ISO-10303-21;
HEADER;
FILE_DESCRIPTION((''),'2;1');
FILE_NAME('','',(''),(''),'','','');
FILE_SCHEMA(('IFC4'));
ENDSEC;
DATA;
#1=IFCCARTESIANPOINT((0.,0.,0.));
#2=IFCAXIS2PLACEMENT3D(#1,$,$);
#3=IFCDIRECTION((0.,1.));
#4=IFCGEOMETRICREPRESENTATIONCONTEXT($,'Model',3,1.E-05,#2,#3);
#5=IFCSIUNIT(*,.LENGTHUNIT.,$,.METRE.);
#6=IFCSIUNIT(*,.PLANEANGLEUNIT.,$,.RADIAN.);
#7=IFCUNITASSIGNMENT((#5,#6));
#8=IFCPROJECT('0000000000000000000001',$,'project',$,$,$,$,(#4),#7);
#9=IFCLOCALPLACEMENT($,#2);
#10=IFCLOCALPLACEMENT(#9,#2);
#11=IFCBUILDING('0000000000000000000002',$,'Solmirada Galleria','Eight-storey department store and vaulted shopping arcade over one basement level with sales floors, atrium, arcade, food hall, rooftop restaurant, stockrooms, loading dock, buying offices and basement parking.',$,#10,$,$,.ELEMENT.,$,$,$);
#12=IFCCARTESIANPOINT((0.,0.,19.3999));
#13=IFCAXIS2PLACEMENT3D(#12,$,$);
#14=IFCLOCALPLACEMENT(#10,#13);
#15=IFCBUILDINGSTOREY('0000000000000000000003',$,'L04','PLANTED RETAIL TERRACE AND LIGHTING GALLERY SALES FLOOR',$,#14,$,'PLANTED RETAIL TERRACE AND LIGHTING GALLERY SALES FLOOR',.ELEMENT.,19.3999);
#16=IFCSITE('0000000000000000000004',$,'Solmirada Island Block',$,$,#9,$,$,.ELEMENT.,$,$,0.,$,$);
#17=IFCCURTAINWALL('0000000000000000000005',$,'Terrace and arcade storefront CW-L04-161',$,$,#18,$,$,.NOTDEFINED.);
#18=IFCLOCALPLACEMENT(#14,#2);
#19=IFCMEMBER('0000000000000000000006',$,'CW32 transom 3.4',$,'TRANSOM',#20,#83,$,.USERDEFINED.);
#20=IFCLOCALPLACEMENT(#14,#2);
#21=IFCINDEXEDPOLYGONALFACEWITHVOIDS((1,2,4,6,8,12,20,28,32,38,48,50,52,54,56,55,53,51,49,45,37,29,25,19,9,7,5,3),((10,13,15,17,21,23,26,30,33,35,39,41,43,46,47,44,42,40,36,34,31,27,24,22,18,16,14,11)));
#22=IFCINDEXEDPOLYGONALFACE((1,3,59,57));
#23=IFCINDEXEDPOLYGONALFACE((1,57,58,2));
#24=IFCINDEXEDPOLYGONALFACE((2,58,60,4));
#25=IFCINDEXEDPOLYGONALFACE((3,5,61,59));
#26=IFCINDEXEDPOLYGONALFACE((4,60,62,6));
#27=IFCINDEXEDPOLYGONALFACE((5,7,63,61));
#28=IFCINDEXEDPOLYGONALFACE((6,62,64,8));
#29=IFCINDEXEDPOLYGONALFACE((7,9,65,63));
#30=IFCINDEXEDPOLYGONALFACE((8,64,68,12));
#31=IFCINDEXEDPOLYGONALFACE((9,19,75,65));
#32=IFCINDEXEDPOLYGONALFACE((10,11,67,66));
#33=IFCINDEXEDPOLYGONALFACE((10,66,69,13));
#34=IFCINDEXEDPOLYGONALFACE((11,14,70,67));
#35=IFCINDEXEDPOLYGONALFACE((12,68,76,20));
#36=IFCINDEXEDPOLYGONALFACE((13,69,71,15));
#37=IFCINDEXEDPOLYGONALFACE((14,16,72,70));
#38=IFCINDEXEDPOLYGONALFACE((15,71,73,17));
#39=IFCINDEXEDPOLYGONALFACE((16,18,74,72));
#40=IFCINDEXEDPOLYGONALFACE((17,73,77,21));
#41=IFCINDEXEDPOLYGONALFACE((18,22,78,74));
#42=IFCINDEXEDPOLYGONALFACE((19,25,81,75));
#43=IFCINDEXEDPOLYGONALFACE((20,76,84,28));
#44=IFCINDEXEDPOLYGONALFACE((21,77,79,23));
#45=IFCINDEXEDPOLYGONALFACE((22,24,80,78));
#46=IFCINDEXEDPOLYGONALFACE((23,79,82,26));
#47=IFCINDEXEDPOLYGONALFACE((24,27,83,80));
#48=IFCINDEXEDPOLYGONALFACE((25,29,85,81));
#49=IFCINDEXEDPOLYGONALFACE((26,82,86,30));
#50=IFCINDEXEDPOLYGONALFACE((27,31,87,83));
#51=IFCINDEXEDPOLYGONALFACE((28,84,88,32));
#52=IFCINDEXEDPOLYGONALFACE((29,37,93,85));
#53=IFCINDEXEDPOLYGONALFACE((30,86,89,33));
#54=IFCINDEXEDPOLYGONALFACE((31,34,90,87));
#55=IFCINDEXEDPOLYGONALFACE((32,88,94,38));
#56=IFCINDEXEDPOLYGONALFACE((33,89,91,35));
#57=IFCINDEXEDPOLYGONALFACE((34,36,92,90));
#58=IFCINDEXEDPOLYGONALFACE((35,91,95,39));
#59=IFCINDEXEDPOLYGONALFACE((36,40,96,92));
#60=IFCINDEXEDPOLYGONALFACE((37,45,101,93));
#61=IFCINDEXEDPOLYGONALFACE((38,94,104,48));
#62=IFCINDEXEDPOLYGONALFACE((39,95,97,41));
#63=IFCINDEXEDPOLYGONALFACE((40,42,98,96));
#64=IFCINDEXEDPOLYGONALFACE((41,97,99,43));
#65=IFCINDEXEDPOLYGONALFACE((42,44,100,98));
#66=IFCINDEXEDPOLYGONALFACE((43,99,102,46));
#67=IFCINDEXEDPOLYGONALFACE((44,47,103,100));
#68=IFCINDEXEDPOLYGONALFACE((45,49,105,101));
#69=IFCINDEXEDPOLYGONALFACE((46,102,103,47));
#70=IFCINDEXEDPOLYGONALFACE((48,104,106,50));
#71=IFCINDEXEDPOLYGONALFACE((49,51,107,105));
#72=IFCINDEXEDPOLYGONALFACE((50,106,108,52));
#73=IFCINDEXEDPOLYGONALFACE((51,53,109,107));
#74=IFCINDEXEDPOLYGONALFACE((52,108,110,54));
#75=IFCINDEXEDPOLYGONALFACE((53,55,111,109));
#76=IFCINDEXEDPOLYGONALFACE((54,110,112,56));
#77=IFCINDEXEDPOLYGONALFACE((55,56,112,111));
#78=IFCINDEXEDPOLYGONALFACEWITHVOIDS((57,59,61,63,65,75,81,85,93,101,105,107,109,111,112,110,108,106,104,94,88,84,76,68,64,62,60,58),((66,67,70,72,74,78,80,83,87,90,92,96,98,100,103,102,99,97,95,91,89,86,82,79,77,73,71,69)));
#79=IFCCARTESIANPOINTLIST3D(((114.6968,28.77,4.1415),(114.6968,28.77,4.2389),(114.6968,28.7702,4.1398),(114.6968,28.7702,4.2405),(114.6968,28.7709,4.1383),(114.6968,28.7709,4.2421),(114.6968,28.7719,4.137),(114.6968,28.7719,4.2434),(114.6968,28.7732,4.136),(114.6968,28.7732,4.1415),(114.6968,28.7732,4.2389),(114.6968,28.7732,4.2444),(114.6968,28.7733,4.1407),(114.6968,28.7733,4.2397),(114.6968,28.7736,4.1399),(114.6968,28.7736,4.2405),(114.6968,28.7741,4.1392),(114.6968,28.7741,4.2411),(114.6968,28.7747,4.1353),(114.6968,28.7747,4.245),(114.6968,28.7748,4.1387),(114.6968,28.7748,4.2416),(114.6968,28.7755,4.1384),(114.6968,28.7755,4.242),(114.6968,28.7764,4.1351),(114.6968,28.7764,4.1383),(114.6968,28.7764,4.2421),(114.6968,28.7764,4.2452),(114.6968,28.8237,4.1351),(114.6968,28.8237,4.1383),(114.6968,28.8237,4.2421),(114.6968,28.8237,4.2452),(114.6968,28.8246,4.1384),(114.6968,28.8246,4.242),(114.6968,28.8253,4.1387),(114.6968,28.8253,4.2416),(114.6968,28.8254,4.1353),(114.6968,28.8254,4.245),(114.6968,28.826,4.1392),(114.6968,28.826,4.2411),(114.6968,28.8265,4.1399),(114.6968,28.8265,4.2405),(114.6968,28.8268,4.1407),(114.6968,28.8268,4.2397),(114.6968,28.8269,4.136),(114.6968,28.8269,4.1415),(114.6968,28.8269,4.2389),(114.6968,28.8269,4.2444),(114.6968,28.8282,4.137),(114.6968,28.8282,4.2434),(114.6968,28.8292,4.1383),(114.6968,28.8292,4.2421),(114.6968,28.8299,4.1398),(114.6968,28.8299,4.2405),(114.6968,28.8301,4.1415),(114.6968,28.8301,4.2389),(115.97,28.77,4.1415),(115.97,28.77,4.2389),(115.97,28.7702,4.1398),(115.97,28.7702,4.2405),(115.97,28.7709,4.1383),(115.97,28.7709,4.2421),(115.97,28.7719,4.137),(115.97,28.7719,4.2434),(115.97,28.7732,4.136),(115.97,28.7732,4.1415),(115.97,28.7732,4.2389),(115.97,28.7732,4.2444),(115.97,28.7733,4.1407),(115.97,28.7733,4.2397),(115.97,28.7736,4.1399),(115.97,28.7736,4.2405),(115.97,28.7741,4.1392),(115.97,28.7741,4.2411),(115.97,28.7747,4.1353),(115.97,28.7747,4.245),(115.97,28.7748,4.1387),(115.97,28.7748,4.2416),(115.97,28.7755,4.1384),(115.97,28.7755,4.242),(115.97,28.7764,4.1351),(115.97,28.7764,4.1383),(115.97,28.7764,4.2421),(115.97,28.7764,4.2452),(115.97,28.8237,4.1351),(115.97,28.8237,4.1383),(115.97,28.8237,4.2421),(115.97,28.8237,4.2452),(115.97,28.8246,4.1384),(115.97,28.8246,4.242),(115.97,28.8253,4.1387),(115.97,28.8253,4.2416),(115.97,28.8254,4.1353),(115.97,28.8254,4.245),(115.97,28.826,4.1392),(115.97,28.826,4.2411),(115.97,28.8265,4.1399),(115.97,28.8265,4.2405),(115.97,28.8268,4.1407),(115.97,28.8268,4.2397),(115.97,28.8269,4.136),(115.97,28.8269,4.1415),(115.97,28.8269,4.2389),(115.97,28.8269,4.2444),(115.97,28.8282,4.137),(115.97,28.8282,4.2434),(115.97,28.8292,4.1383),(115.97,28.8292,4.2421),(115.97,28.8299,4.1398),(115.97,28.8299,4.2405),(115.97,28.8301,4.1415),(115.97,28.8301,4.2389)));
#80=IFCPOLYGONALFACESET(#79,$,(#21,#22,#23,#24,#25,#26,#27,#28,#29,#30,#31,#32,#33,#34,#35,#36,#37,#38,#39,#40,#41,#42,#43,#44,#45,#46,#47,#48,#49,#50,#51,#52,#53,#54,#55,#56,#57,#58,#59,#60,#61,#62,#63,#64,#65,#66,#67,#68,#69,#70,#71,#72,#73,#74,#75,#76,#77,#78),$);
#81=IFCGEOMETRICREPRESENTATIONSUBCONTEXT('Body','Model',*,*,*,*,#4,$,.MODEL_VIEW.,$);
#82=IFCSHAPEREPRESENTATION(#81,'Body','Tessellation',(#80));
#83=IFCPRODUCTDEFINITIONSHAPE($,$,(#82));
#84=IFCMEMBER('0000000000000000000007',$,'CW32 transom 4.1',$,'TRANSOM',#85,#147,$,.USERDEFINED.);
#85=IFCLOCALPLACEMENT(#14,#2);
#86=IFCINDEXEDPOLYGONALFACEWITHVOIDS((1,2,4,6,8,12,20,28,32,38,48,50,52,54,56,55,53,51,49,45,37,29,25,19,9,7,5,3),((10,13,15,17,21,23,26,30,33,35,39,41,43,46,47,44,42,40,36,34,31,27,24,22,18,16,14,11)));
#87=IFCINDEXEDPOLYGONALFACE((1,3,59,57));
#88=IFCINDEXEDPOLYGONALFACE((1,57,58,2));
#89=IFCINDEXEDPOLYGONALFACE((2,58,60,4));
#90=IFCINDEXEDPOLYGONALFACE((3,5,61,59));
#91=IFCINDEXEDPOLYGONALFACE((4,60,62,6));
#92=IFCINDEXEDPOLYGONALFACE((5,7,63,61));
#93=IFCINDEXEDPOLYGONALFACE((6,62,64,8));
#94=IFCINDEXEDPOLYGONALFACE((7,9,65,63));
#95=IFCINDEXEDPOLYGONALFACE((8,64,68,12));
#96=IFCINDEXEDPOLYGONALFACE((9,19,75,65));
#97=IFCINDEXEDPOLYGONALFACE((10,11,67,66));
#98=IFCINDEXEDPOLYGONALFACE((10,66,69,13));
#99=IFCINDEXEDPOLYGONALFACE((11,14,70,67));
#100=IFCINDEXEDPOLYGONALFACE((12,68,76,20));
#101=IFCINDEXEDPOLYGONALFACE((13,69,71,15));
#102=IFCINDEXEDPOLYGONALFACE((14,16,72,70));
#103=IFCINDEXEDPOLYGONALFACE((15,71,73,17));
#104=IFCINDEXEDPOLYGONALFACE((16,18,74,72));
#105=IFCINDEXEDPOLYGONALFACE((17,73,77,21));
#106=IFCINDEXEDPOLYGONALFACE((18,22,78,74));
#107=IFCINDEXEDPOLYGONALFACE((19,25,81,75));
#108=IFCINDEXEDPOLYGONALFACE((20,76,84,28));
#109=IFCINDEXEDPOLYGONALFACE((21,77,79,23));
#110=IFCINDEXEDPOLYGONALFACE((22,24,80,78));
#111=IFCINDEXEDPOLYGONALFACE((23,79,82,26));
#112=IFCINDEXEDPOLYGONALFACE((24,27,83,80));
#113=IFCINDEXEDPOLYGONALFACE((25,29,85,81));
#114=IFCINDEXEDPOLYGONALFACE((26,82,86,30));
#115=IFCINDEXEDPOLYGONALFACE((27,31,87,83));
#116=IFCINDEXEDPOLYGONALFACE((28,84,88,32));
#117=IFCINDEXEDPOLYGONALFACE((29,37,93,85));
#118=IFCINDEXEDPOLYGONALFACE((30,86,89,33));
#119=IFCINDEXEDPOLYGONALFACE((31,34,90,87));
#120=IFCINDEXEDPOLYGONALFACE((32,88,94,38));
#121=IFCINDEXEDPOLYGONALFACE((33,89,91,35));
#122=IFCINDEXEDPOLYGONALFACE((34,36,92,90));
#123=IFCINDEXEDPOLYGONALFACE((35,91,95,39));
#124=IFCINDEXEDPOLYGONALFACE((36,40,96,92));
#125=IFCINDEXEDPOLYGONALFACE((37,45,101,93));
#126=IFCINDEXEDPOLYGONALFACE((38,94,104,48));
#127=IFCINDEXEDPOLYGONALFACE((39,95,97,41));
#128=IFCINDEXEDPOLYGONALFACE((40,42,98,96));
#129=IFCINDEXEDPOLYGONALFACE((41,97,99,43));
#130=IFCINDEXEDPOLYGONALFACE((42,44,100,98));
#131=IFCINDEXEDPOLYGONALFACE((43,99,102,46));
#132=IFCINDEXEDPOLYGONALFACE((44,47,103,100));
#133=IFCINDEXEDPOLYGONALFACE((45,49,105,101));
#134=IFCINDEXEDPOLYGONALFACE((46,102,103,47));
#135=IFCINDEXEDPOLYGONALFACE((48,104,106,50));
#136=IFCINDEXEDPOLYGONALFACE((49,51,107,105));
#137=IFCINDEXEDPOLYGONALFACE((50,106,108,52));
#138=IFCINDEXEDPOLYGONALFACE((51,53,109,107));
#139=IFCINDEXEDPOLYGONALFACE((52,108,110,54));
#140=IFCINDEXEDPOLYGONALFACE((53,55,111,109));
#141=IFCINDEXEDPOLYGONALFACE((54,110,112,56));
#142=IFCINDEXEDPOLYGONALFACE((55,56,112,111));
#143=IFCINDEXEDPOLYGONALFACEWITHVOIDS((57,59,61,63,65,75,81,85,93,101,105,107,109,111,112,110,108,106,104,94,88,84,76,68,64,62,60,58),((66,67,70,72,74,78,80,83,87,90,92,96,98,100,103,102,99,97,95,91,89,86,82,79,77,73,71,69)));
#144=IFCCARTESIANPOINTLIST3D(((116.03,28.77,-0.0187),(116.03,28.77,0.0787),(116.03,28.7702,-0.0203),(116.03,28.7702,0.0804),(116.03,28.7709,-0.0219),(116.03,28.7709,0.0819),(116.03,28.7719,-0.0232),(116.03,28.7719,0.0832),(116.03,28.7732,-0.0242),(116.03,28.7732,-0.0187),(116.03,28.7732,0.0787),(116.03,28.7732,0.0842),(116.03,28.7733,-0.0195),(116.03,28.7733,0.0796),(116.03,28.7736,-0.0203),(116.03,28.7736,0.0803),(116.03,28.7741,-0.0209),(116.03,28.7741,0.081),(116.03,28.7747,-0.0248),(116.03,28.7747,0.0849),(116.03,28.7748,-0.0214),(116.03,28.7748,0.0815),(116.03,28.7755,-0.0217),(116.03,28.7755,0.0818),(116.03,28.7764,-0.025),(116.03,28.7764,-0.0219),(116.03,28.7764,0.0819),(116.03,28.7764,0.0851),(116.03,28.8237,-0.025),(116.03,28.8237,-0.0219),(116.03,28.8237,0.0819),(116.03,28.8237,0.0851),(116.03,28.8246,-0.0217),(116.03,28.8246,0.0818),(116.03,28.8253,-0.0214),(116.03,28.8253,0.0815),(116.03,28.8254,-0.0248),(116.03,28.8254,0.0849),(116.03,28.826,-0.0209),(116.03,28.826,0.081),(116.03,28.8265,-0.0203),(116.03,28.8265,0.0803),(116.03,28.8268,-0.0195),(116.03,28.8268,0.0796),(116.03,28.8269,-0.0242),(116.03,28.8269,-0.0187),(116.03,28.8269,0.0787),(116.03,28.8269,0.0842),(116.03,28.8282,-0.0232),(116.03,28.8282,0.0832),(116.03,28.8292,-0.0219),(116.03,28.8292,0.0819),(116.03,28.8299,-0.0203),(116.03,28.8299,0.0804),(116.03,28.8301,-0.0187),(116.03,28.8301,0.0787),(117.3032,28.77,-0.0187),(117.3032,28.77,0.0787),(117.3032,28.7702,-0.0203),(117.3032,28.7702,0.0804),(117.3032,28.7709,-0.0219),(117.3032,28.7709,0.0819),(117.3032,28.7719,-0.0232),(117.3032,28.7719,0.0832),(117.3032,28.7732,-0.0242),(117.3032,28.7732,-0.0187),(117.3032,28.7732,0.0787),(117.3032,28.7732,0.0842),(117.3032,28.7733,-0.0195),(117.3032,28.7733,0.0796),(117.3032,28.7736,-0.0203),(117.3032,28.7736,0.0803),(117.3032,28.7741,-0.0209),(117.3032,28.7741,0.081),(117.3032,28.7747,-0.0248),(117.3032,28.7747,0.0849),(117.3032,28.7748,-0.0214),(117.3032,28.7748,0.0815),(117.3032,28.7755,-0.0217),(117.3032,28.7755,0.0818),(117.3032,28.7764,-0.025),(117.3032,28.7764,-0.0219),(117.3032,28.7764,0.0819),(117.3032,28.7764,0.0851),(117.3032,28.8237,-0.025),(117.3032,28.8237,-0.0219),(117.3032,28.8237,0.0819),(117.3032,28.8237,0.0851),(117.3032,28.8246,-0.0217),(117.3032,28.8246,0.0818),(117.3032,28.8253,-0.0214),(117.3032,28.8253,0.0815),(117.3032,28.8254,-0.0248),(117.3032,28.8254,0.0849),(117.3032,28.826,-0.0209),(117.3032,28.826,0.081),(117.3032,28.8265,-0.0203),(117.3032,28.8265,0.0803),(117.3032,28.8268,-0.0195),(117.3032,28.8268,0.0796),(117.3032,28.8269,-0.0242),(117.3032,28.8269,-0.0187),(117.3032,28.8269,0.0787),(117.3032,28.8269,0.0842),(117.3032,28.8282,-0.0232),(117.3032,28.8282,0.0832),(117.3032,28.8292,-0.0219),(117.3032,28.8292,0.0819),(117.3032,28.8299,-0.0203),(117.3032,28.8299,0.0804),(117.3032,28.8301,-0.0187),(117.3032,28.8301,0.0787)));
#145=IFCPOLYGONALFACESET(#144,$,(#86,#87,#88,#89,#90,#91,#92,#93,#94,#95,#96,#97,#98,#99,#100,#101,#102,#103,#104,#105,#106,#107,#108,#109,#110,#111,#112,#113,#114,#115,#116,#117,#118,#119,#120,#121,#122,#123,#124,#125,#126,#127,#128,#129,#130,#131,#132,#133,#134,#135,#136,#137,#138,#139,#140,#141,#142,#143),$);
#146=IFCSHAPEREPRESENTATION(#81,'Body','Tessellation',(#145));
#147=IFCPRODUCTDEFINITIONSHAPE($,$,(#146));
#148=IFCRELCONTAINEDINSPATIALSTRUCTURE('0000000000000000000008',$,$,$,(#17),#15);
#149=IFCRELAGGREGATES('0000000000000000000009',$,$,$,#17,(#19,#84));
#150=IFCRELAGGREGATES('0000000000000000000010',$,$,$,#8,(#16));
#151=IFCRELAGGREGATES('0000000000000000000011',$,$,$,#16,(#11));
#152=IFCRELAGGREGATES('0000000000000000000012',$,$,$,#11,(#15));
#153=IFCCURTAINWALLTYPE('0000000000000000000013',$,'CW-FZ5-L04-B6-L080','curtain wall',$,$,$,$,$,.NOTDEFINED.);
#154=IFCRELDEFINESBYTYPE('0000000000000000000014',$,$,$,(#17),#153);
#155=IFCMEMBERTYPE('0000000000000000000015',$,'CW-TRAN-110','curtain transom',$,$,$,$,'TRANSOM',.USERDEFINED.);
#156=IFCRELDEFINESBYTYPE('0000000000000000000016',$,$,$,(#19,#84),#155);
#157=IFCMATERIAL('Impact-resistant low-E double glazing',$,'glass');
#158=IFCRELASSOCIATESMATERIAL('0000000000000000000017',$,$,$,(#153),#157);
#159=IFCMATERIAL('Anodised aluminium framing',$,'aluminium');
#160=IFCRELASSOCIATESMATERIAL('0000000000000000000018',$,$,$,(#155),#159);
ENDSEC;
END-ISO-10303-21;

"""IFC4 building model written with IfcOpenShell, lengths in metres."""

from ifc_helpers import new_model, si_unit, direction, frame, origin, origin_2d, place, context, subcontext, project, spatial, hollow_rectangle, extrude, material, material_profile, profile_set, type_object, element, aggregate, save


model = new_model("IFC4")

# Units and contexts
model_context = context("Model", 3, precision=1e-05, world=origin(), true_north=direction((0.0, 1.0)))
body_context = subcontext(model_context, "Body", "Model", "MODEL_VIEW")
ifc_project = project(units=[si_unit("LENGTHUNIT", "METRE"), si_unit("PLANEANGLEUNIT", "RADIAN")], contexts=[model_context])

# Site, building, storey
site_placement = place(None, origin())
site = spatial("IfcSite", under=ifc_project, at=site_placement, Name="Solmirada Island Block", CompositionType="ELEMENT", RefElevation=0.0)
building_placement = place(site_placement, origin())
building = spatial("IfcBuilding", under=site, at=building_placement, Name="Solmirada Galleria", Description="Eight-storey department store and vaulted shopping arcade over one basement level with sales floors, atrium, arcade, food hall, rooftop restaurant, stockrooms, loading dock, buying offices and basement parking.", CompositionType="ELEMENT")
storey_placement = place(building_placement, frame((0.0, 0.0, 19.3999)))
storey = spatial("IfcBuildingStorey", under=building, at=storey_placement, Name="L04", Description="PLANTED RETAIL TERRACE AND LIGHTING GALLERY SALES FLOOR", LongName="PLANTED RETAIL TERRACE AND LIGHTING GALLERY SALES FLOOR", CompositionType="ELEMENT", Elevation=19.3999)

# Curtain wall, members
ifc_material_1 = material(Name="Impact-resistant low-E double glazing", Category="glass")
curtain_wall_type = type_object("IfcCurtainWallType", Name="CW-FZ5-L04-B6-L080", Description="curtain wall", PredefinedType="NOTDEFINED", material=ifc_material_1)
curtain_wall_placement = place(storey_placement, origin())
curtain_wall = element("IfcCurtainWall", 1, at=curtain_wall_placement, inside=storey, type_object=curtain_wall_type, Name="Terrace and arcade storefront CW-L04-161", PredefinedType="NOTDEFINED")
ifc_material_2 = material(Name="Anodised aluminium framing", Category="aluminium")
ifc_material_profile_1 = material_profile(ifc_material_2, hollow_rectangle(XDim=0.0601, YDim=0.1101, WallThickness=0.0032, InnerFilletRadius=0.0032, OuterFilletRadius=0.0063, at=origin_2d()), Name="ALU-TRAN-110X60")
ifc_profile_set_1 = profile_set([ifc_material_profile_1], Name="Anodised aluminium framing")
member_type_1 = type_object("IfcMemberType", Name="CW-TRAN-110", Description="curtain transom", ElementType="TRANSOM", PredefinedType="USERDEFINED", material=ifc_profile_set_1)
member_1_placement = place(storey_placement, frame((114.6968, 28.8, 4.1902), z_axis=(1.0, 0.0, 0.0), x_axis=(0.0, 1.0, 0.0)))
member_1 = element("IfcMember", 2, at=member_1_placement, type_object=member_type_1, Name="CW32 transom 3.4", ObjectType="TRANSOM", PredefinedType="USERDEFINED", context=body_context, shape_type="SweptSolid", body=[
    extrude(hollow_rectangle(XDim=0.0601, YDim=0.1101, WallThickness=0.0032, InnerFilletRadius=0.0032, OuterFilletRadius=0.0063, at=origin_2d()), origin(), (0.0, 0.0, 1.0), 1.2732),
])
member_2_placement = place(storey_placement, frame((116.03, 28.8, 0.03), z_axis=(1.0, 0.0, 0.0), x_axis=(0.0, 1.0, 0.0)))
member_2 = element("IfcMember", 3, at=member_2_placement, type_object=member_type_1, Name="CW32 transom 4.1", ObjectType="TRANSOM", PredefinedType="USERDEFINED", context=body_context, shape_type="SweptSolid", body=[
    extrude(hollow_rectangle(XDim=0.0601, YDim=0.1101, WallThickness=0.0032, InnerFilletRadius=0.0032, OuterFilletRadius=0.0063, at=origin_2d()), origin(), (0.0, 0.0, 1.0), 1.2732),
])
aggregate(curtain_wall, [member_1, member_2])

save(model, "model.ifc")
